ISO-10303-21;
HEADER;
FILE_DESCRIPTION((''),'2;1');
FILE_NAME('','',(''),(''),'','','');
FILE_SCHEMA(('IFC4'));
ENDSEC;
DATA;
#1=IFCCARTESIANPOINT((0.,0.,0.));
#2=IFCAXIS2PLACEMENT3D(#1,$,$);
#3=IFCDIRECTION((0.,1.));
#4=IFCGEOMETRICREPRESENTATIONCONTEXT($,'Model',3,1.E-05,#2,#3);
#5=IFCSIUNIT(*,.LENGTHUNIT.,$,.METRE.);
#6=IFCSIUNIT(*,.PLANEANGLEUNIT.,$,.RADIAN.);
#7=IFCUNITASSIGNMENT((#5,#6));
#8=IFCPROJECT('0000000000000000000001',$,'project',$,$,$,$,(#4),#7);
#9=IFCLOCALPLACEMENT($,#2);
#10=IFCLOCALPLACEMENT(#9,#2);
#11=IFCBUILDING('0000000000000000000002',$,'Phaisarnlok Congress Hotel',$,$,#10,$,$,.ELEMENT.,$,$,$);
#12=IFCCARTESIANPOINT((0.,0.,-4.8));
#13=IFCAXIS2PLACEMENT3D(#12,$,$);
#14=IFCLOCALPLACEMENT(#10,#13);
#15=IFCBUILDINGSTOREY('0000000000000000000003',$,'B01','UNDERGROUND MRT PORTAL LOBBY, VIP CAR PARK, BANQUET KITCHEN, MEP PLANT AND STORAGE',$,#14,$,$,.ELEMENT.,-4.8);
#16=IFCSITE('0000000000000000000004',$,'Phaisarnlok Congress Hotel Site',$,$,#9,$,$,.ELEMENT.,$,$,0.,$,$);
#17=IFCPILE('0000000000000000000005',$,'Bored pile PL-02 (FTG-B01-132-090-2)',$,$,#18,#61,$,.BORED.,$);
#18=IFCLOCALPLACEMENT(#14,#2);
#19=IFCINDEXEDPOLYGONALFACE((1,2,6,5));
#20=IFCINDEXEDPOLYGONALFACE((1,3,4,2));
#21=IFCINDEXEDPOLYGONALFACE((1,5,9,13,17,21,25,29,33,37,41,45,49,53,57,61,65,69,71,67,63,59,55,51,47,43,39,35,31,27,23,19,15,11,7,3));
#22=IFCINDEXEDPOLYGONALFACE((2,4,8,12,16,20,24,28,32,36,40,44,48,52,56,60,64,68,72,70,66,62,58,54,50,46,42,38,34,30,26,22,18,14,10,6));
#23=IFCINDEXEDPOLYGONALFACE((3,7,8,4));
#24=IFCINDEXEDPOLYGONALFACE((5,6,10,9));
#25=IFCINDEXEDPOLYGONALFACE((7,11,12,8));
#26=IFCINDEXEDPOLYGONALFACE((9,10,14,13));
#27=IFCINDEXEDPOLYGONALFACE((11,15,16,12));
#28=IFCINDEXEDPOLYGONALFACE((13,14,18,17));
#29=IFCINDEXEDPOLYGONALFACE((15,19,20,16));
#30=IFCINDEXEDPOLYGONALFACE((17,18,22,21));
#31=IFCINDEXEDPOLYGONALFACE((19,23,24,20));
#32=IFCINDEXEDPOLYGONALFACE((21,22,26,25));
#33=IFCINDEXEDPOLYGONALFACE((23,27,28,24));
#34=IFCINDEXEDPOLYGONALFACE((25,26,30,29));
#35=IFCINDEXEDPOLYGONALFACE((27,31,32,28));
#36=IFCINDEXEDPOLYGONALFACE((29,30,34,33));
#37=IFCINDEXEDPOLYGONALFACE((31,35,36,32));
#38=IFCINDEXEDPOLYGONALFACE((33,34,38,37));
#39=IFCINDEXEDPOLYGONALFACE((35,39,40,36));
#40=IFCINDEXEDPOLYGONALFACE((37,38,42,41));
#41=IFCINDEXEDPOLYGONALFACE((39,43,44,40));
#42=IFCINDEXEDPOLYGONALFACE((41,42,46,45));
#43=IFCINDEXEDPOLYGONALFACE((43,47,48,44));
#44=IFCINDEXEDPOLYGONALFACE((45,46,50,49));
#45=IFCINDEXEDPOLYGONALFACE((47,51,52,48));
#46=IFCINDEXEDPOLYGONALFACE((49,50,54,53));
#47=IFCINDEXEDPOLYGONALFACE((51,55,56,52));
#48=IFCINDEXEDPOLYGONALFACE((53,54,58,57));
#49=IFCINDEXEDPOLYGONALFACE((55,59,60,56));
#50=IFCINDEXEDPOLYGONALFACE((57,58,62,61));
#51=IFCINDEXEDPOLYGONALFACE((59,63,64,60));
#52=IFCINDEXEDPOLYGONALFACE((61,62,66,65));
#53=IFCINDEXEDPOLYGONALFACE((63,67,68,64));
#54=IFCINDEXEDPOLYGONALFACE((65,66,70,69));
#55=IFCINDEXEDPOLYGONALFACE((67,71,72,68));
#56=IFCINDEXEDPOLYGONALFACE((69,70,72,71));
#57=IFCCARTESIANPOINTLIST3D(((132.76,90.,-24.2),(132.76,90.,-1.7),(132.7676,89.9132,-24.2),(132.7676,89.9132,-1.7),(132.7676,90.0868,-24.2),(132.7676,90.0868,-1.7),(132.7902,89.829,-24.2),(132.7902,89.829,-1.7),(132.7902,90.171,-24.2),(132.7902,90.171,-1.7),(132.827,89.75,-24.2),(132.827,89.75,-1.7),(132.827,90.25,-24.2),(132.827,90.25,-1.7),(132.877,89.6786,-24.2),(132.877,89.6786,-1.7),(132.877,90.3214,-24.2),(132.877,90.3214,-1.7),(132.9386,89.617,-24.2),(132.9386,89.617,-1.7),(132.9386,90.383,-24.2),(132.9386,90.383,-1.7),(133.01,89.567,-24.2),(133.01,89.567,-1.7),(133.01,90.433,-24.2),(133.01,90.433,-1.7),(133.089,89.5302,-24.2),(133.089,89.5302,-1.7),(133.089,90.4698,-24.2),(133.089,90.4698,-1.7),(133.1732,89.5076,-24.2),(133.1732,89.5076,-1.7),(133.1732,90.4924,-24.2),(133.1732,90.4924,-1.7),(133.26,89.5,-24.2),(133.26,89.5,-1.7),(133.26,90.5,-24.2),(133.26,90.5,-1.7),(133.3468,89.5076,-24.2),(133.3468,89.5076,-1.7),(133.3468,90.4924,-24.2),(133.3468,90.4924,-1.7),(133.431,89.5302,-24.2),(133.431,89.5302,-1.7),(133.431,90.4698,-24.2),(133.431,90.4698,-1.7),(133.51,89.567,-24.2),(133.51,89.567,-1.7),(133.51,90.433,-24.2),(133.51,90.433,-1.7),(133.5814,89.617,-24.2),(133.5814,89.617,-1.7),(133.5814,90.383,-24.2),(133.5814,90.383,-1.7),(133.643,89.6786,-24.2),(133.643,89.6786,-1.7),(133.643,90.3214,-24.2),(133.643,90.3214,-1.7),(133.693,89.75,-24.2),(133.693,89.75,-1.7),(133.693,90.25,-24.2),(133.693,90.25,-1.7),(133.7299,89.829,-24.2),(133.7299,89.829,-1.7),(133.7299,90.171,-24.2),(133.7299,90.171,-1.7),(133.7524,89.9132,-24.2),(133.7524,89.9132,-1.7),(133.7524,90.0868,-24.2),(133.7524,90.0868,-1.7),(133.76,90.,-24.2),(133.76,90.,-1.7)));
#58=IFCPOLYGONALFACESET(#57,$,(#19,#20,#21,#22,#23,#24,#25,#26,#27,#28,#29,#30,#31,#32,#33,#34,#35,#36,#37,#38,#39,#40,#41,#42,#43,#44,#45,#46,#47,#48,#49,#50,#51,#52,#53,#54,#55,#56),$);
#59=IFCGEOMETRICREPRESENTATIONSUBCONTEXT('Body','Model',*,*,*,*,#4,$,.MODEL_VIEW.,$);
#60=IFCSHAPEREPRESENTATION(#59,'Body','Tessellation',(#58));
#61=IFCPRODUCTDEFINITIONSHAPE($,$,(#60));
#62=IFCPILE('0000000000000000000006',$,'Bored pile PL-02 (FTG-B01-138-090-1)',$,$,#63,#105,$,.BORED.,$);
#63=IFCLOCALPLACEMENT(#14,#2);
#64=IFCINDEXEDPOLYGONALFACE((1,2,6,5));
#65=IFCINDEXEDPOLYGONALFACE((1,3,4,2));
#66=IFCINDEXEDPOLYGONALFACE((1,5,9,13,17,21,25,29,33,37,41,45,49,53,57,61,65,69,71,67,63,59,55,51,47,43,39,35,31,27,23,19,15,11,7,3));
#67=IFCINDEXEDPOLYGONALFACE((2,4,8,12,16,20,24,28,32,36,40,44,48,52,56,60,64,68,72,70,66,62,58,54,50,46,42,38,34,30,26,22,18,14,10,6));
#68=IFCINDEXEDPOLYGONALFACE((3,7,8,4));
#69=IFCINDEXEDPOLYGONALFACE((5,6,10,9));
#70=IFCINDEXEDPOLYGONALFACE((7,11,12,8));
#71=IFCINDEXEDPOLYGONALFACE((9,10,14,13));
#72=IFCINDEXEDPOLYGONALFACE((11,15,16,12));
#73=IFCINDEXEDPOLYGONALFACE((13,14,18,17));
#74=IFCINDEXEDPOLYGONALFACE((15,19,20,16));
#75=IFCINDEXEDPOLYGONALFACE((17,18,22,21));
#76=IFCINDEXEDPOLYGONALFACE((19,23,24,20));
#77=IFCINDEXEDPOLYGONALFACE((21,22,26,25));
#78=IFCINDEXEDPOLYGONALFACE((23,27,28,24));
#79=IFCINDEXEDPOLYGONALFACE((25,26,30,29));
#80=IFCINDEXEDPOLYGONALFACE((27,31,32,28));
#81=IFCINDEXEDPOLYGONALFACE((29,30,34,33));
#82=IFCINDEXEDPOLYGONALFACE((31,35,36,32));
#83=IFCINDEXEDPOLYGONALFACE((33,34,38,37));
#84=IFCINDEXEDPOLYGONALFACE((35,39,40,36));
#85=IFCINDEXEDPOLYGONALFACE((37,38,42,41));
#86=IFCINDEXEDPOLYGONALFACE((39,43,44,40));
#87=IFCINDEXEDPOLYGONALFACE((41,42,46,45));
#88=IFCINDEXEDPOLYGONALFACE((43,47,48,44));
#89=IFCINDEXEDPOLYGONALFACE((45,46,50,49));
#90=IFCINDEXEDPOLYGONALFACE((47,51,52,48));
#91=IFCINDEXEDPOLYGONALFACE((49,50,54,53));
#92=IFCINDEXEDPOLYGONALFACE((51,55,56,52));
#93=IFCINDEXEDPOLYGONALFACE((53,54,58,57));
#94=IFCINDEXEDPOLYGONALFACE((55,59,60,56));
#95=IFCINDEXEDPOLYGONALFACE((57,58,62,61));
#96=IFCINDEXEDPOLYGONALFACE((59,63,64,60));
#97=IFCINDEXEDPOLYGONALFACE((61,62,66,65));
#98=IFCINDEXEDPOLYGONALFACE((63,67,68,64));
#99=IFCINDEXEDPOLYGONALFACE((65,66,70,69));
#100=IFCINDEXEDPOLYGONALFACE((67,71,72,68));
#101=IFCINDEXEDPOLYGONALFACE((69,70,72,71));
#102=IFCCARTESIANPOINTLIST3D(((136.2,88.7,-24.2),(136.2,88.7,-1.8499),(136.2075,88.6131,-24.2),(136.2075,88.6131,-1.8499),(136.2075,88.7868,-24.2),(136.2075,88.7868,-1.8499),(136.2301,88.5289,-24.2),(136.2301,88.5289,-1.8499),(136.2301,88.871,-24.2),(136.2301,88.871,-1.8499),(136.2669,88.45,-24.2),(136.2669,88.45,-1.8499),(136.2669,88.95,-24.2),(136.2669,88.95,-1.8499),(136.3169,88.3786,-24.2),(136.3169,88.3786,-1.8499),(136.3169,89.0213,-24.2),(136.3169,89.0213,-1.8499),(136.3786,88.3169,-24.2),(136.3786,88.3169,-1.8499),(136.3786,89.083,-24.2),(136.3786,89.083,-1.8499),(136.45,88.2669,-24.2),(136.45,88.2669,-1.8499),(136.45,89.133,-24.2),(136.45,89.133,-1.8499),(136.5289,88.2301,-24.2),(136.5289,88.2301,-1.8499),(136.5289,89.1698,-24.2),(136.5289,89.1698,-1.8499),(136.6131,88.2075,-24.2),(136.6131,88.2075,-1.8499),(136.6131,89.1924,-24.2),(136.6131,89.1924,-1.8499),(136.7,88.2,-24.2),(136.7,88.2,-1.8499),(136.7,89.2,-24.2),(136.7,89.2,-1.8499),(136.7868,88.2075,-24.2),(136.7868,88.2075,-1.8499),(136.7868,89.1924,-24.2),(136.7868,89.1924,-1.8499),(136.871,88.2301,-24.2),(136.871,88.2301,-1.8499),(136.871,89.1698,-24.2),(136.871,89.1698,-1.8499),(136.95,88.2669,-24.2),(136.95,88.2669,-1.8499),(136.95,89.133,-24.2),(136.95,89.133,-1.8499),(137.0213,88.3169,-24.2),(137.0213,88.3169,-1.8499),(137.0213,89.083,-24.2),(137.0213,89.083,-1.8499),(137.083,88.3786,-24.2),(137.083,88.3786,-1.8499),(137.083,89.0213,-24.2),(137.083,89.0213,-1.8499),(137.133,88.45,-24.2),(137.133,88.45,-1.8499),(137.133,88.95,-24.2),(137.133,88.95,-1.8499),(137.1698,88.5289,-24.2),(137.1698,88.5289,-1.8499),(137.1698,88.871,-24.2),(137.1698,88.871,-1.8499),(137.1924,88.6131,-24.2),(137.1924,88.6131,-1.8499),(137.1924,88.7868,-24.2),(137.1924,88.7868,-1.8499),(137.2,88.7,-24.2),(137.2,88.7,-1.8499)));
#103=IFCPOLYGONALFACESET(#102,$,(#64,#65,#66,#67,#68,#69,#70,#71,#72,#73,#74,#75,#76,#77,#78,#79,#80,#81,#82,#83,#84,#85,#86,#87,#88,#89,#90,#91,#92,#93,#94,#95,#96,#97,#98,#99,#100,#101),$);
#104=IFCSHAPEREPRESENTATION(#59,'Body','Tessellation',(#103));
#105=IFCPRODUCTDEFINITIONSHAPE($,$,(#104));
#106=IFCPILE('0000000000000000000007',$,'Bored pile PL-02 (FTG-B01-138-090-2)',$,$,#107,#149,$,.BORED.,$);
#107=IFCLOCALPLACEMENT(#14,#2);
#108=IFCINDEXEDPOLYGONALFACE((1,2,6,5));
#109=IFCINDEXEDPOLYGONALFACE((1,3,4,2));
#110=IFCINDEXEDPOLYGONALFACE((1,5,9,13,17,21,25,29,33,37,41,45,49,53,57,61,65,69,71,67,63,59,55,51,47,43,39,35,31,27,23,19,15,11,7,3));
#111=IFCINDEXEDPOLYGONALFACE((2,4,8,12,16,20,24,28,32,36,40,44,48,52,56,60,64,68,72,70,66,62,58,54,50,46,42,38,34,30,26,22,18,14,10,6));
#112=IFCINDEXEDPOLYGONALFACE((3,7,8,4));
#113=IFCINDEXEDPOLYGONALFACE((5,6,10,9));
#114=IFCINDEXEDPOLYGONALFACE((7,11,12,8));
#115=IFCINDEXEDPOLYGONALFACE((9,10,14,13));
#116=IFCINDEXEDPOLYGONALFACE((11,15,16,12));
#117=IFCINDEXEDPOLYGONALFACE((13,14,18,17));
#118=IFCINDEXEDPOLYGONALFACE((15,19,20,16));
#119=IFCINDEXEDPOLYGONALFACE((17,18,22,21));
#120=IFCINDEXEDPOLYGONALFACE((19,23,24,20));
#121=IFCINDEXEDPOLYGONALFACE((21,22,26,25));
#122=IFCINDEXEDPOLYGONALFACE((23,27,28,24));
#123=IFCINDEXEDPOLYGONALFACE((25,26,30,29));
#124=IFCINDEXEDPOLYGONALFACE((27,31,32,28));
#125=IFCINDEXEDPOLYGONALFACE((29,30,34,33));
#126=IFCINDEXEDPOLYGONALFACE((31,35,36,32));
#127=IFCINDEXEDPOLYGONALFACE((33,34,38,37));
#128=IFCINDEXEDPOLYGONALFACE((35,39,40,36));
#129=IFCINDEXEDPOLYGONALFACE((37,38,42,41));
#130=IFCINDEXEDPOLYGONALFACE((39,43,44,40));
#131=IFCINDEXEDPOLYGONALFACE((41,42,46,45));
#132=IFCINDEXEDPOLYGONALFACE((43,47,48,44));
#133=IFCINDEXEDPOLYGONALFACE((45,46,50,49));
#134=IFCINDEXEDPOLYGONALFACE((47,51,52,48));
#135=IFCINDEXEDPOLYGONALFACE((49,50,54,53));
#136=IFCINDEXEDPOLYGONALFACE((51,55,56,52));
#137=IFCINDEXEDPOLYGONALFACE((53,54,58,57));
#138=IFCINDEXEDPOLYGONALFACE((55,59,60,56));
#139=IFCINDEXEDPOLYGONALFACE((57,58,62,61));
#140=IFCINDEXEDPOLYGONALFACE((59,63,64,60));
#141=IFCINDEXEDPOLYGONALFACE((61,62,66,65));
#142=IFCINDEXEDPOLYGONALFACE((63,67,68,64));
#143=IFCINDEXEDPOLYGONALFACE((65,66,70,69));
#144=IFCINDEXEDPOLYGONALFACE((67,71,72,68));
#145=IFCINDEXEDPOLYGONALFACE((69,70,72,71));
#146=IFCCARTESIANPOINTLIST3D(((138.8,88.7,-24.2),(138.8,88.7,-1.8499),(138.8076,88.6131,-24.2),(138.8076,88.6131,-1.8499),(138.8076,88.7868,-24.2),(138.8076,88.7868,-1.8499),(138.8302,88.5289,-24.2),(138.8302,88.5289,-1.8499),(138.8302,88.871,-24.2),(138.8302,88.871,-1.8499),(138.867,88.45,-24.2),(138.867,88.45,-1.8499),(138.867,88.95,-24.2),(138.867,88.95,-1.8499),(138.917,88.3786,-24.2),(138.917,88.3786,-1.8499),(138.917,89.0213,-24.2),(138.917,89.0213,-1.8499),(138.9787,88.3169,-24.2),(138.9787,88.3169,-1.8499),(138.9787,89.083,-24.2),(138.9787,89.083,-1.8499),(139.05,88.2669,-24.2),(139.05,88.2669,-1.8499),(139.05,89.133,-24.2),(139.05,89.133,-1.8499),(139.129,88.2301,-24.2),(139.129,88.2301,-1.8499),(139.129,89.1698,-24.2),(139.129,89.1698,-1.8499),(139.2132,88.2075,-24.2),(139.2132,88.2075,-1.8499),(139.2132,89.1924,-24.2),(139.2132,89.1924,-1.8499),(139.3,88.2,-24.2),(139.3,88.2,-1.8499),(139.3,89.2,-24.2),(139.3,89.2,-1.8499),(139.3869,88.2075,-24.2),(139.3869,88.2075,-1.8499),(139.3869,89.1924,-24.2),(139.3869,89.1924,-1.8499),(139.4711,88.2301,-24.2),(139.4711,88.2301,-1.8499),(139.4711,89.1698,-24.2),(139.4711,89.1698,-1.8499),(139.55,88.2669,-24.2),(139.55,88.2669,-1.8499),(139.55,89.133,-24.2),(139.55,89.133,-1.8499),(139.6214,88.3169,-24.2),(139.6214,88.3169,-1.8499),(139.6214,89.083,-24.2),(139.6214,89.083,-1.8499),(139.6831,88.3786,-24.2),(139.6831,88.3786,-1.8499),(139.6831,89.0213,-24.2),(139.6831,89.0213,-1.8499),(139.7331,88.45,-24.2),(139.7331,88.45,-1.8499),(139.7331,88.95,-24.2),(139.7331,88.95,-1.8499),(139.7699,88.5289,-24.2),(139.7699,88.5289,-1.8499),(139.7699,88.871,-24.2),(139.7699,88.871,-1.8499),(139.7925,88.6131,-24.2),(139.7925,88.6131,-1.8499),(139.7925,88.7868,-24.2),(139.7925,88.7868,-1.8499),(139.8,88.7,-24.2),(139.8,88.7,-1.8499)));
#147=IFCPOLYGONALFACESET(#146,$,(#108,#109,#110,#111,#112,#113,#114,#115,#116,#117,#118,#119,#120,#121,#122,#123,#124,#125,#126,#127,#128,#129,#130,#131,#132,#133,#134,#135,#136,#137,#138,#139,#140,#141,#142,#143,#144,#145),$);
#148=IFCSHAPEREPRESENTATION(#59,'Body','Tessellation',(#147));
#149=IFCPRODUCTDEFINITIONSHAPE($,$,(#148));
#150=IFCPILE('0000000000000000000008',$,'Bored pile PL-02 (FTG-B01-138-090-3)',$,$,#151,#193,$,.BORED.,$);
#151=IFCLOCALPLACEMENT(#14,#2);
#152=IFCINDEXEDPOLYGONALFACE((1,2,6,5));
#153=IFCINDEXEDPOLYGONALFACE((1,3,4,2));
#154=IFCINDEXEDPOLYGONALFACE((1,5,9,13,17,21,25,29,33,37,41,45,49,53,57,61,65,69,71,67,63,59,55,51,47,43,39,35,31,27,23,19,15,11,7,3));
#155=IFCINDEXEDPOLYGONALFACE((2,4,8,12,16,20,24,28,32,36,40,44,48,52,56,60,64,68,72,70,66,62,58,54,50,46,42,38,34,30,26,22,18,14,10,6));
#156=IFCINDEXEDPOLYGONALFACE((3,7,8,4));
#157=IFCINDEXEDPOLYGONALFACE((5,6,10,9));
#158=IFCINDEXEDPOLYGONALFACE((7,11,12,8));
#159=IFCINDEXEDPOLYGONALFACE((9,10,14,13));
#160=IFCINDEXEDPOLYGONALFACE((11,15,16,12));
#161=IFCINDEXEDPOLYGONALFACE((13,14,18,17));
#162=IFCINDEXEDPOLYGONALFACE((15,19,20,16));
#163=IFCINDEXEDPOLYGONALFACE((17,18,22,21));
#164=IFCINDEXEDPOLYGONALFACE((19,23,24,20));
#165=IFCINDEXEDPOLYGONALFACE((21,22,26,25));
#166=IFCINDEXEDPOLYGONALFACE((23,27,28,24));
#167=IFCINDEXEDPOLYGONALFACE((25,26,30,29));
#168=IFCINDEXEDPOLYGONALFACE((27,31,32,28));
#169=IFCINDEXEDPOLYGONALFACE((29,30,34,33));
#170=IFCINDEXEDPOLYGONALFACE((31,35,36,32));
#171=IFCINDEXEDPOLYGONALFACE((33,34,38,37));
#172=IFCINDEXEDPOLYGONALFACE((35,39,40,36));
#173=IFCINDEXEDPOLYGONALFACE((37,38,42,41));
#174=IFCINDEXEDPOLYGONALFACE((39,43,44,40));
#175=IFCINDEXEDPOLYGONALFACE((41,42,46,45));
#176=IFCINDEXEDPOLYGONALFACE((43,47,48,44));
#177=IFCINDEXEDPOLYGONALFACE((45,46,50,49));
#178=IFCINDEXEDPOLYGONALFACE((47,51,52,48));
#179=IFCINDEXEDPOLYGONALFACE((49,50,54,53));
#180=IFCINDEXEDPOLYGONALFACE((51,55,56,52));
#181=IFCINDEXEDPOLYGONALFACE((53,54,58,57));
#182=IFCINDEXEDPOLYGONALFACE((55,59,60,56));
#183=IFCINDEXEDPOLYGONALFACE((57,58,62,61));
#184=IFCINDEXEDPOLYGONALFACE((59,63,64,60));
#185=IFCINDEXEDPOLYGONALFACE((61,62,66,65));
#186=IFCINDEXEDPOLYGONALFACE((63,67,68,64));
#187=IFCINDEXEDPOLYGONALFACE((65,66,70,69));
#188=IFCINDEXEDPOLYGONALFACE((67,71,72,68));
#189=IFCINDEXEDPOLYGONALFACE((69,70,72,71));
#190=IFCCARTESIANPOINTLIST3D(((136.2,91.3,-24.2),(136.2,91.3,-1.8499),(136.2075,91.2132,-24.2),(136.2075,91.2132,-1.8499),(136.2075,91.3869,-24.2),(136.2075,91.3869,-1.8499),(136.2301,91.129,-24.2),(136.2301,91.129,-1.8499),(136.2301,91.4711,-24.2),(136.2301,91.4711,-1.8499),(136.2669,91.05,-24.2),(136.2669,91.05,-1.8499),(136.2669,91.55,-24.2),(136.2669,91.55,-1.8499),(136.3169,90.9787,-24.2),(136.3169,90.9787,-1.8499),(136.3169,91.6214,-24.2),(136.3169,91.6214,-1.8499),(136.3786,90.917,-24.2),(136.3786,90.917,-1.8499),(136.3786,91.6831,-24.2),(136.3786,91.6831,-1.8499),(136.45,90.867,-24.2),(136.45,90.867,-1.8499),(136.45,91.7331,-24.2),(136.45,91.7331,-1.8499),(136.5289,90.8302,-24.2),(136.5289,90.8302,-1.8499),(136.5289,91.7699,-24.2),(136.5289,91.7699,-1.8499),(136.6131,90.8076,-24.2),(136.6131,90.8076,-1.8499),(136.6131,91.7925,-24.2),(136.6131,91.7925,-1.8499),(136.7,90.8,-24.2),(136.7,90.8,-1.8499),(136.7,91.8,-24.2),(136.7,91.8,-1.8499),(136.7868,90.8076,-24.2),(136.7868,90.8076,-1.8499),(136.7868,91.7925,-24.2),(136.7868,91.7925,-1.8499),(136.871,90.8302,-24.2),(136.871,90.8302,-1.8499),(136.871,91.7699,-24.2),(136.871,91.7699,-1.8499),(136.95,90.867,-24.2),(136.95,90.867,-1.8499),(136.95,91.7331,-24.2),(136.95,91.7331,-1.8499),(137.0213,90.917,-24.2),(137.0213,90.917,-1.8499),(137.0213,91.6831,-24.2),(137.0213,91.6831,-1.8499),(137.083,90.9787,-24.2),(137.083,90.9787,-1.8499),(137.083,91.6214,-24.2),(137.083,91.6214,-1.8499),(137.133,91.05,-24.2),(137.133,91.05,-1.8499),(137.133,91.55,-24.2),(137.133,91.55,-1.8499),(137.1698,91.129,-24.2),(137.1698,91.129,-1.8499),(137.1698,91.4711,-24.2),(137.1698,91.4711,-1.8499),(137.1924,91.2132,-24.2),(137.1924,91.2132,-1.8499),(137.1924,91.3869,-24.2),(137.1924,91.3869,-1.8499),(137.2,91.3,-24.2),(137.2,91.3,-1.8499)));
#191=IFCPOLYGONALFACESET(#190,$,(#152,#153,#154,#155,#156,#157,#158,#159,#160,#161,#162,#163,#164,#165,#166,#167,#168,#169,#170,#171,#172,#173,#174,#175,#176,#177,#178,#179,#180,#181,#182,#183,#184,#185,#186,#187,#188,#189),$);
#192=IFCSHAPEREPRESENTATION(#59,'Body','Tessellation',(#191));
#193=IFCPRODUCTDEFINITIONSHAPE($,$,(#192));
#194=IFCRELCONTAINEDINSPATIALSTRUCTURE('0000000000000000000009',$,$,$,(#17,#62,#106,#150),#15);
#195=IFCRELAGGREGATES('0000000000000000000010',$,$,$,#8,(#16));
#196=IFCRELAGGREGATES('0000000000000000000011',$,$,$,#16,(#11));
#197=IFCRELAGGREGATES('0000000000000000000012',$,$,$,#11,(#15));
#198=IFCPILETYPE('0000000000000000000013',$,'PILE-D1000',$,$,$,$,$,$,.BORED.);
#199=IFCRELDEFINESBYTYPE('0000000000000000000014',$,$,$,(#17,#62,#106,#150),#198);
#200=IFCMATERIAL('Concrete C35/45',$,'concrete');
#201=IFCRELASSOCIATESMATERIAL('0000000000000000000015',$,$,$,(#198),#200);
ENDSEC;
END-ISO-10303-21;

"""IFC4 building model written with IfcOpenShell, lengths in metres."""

from ifc_helpers import new_model, si_unit, direction, frame, origin, origin_2d, place, context, subcontext, project, spatial, circle, extrude, material, material_profile, profile_set, type_object, element, save


model = new_model("IFC4")

# Units and contexts
model_context = context("Model", 3, precision=1e-05, world=origin(), true_north=direction((0.0, 1.0)))
body_context = subcontext(model_context, "Body", "Model", "MODEL_VIEW")
ifc_project = project(units=[si_unit("LENGTHUNIT", "METRE"), si_unit("PLANEANGLEUNIT", "RADIAN")], contexts=[model_context])

# Site, building, storey
site_placement = place(None, origin())
site = spatial("IfcSite", under=ifc_project, at=site_placement, Name="Phaisarnlok Congress Hotel Site", CompositionType="ELEMENT", RefElevation=0.0)
building_placement = place(site_placement, origin())
building = spatial("IfcBuilding", under=site, at=building_placement, Name="Phaisarnlok Congress Hotel", CompositionType="ELEMENT")
storey_placement = place(building_placement, frame((0.0, 0.0, -4.8)))
storey = spatial("IfcBuildingStorey", under=building, at=storey_placement, Name="B01", Description="UNDERGROUND MRT PORTAL LOBBY, VIP CAR PARK, BANQUET KITCHEN, MEP PLANT AND STORAGE", CompositionType="ELEMENT", Elevation=-4.8)

# Piles
ifc_material_1 = material(Name="Concrete C35/45", Category="concrete")
ifc_material_profile_1 = material_profile(ifc_material_1, circle(Radius=0.5, at=origin_2d()), Name="BORED PILE D1000")
ifc_profile_set_1 = profile_set([ifc_material_profile_1], Name="Concrete C35/45")
pile_type_1 = type_object("IfcPileType", Name="PILE-D1000", PredefinedType="BORED", material=ifc_profile_set_1)
for number, where, z_axis, x_axis, name in (
    (1, (133.26, 90.0, -1.7), (0.0, 0.0, -1.0), (1.0, 0.0, 0.0), "Bored pile PL-02 (FTG-B01-132-090-2)"),
):
    element("IfcPile", number, at=place(storey_placement, frame(where, z_axis=z_axis, x_axis=x_axis)), inside=storey, type_object=pile_type_1, Name=name, PredefinedType="BORED", context=body_context, shape_type="SweptSolid", body=[
        extrude(circle(Radius=0.5, at=origin_2d()), origin(), (0.0, 0.0, 1.0), 22.5),
    ])
for number, where, z_axis, x_axis, name in (
    (2, (136.7, 88.7, -1.8499), (0.0, 0.0, -1.0), (1.0, 0.0, 0.0), "Bored pile PL-02 (FTG-B01-138-090-1)"),
    (3, (139.3, 88.7, -1.8499), (0.0, 0.0, -1.0), (1.0, 0.0, 0.0), "Bored pile PL-02 (FTG-B01-138-090-2)"),
    (4, (136.7, 91.3, -1.8499), (0.0, 0.0, -1.0), (1.0, 0.0, 0.0), "Bored pile PL-02 (FTG-B01-138-090-3)"),
):
    element("IfcPile", number, at=place(storey_placement, frame(where, z_axis=z_axis, x_axis=x_axis)), inside=storey, type_object=pile_type_1, Name=name, PredefinedType="BORED", context=body_context, shape_type="SweptSolid", body=[
        extrude(circle(Radius=0.5, at=origin_2d()), origin(), (0.0, 0.0, 1.0), 22.3501),
    ])

save(model, "model.ifc")
